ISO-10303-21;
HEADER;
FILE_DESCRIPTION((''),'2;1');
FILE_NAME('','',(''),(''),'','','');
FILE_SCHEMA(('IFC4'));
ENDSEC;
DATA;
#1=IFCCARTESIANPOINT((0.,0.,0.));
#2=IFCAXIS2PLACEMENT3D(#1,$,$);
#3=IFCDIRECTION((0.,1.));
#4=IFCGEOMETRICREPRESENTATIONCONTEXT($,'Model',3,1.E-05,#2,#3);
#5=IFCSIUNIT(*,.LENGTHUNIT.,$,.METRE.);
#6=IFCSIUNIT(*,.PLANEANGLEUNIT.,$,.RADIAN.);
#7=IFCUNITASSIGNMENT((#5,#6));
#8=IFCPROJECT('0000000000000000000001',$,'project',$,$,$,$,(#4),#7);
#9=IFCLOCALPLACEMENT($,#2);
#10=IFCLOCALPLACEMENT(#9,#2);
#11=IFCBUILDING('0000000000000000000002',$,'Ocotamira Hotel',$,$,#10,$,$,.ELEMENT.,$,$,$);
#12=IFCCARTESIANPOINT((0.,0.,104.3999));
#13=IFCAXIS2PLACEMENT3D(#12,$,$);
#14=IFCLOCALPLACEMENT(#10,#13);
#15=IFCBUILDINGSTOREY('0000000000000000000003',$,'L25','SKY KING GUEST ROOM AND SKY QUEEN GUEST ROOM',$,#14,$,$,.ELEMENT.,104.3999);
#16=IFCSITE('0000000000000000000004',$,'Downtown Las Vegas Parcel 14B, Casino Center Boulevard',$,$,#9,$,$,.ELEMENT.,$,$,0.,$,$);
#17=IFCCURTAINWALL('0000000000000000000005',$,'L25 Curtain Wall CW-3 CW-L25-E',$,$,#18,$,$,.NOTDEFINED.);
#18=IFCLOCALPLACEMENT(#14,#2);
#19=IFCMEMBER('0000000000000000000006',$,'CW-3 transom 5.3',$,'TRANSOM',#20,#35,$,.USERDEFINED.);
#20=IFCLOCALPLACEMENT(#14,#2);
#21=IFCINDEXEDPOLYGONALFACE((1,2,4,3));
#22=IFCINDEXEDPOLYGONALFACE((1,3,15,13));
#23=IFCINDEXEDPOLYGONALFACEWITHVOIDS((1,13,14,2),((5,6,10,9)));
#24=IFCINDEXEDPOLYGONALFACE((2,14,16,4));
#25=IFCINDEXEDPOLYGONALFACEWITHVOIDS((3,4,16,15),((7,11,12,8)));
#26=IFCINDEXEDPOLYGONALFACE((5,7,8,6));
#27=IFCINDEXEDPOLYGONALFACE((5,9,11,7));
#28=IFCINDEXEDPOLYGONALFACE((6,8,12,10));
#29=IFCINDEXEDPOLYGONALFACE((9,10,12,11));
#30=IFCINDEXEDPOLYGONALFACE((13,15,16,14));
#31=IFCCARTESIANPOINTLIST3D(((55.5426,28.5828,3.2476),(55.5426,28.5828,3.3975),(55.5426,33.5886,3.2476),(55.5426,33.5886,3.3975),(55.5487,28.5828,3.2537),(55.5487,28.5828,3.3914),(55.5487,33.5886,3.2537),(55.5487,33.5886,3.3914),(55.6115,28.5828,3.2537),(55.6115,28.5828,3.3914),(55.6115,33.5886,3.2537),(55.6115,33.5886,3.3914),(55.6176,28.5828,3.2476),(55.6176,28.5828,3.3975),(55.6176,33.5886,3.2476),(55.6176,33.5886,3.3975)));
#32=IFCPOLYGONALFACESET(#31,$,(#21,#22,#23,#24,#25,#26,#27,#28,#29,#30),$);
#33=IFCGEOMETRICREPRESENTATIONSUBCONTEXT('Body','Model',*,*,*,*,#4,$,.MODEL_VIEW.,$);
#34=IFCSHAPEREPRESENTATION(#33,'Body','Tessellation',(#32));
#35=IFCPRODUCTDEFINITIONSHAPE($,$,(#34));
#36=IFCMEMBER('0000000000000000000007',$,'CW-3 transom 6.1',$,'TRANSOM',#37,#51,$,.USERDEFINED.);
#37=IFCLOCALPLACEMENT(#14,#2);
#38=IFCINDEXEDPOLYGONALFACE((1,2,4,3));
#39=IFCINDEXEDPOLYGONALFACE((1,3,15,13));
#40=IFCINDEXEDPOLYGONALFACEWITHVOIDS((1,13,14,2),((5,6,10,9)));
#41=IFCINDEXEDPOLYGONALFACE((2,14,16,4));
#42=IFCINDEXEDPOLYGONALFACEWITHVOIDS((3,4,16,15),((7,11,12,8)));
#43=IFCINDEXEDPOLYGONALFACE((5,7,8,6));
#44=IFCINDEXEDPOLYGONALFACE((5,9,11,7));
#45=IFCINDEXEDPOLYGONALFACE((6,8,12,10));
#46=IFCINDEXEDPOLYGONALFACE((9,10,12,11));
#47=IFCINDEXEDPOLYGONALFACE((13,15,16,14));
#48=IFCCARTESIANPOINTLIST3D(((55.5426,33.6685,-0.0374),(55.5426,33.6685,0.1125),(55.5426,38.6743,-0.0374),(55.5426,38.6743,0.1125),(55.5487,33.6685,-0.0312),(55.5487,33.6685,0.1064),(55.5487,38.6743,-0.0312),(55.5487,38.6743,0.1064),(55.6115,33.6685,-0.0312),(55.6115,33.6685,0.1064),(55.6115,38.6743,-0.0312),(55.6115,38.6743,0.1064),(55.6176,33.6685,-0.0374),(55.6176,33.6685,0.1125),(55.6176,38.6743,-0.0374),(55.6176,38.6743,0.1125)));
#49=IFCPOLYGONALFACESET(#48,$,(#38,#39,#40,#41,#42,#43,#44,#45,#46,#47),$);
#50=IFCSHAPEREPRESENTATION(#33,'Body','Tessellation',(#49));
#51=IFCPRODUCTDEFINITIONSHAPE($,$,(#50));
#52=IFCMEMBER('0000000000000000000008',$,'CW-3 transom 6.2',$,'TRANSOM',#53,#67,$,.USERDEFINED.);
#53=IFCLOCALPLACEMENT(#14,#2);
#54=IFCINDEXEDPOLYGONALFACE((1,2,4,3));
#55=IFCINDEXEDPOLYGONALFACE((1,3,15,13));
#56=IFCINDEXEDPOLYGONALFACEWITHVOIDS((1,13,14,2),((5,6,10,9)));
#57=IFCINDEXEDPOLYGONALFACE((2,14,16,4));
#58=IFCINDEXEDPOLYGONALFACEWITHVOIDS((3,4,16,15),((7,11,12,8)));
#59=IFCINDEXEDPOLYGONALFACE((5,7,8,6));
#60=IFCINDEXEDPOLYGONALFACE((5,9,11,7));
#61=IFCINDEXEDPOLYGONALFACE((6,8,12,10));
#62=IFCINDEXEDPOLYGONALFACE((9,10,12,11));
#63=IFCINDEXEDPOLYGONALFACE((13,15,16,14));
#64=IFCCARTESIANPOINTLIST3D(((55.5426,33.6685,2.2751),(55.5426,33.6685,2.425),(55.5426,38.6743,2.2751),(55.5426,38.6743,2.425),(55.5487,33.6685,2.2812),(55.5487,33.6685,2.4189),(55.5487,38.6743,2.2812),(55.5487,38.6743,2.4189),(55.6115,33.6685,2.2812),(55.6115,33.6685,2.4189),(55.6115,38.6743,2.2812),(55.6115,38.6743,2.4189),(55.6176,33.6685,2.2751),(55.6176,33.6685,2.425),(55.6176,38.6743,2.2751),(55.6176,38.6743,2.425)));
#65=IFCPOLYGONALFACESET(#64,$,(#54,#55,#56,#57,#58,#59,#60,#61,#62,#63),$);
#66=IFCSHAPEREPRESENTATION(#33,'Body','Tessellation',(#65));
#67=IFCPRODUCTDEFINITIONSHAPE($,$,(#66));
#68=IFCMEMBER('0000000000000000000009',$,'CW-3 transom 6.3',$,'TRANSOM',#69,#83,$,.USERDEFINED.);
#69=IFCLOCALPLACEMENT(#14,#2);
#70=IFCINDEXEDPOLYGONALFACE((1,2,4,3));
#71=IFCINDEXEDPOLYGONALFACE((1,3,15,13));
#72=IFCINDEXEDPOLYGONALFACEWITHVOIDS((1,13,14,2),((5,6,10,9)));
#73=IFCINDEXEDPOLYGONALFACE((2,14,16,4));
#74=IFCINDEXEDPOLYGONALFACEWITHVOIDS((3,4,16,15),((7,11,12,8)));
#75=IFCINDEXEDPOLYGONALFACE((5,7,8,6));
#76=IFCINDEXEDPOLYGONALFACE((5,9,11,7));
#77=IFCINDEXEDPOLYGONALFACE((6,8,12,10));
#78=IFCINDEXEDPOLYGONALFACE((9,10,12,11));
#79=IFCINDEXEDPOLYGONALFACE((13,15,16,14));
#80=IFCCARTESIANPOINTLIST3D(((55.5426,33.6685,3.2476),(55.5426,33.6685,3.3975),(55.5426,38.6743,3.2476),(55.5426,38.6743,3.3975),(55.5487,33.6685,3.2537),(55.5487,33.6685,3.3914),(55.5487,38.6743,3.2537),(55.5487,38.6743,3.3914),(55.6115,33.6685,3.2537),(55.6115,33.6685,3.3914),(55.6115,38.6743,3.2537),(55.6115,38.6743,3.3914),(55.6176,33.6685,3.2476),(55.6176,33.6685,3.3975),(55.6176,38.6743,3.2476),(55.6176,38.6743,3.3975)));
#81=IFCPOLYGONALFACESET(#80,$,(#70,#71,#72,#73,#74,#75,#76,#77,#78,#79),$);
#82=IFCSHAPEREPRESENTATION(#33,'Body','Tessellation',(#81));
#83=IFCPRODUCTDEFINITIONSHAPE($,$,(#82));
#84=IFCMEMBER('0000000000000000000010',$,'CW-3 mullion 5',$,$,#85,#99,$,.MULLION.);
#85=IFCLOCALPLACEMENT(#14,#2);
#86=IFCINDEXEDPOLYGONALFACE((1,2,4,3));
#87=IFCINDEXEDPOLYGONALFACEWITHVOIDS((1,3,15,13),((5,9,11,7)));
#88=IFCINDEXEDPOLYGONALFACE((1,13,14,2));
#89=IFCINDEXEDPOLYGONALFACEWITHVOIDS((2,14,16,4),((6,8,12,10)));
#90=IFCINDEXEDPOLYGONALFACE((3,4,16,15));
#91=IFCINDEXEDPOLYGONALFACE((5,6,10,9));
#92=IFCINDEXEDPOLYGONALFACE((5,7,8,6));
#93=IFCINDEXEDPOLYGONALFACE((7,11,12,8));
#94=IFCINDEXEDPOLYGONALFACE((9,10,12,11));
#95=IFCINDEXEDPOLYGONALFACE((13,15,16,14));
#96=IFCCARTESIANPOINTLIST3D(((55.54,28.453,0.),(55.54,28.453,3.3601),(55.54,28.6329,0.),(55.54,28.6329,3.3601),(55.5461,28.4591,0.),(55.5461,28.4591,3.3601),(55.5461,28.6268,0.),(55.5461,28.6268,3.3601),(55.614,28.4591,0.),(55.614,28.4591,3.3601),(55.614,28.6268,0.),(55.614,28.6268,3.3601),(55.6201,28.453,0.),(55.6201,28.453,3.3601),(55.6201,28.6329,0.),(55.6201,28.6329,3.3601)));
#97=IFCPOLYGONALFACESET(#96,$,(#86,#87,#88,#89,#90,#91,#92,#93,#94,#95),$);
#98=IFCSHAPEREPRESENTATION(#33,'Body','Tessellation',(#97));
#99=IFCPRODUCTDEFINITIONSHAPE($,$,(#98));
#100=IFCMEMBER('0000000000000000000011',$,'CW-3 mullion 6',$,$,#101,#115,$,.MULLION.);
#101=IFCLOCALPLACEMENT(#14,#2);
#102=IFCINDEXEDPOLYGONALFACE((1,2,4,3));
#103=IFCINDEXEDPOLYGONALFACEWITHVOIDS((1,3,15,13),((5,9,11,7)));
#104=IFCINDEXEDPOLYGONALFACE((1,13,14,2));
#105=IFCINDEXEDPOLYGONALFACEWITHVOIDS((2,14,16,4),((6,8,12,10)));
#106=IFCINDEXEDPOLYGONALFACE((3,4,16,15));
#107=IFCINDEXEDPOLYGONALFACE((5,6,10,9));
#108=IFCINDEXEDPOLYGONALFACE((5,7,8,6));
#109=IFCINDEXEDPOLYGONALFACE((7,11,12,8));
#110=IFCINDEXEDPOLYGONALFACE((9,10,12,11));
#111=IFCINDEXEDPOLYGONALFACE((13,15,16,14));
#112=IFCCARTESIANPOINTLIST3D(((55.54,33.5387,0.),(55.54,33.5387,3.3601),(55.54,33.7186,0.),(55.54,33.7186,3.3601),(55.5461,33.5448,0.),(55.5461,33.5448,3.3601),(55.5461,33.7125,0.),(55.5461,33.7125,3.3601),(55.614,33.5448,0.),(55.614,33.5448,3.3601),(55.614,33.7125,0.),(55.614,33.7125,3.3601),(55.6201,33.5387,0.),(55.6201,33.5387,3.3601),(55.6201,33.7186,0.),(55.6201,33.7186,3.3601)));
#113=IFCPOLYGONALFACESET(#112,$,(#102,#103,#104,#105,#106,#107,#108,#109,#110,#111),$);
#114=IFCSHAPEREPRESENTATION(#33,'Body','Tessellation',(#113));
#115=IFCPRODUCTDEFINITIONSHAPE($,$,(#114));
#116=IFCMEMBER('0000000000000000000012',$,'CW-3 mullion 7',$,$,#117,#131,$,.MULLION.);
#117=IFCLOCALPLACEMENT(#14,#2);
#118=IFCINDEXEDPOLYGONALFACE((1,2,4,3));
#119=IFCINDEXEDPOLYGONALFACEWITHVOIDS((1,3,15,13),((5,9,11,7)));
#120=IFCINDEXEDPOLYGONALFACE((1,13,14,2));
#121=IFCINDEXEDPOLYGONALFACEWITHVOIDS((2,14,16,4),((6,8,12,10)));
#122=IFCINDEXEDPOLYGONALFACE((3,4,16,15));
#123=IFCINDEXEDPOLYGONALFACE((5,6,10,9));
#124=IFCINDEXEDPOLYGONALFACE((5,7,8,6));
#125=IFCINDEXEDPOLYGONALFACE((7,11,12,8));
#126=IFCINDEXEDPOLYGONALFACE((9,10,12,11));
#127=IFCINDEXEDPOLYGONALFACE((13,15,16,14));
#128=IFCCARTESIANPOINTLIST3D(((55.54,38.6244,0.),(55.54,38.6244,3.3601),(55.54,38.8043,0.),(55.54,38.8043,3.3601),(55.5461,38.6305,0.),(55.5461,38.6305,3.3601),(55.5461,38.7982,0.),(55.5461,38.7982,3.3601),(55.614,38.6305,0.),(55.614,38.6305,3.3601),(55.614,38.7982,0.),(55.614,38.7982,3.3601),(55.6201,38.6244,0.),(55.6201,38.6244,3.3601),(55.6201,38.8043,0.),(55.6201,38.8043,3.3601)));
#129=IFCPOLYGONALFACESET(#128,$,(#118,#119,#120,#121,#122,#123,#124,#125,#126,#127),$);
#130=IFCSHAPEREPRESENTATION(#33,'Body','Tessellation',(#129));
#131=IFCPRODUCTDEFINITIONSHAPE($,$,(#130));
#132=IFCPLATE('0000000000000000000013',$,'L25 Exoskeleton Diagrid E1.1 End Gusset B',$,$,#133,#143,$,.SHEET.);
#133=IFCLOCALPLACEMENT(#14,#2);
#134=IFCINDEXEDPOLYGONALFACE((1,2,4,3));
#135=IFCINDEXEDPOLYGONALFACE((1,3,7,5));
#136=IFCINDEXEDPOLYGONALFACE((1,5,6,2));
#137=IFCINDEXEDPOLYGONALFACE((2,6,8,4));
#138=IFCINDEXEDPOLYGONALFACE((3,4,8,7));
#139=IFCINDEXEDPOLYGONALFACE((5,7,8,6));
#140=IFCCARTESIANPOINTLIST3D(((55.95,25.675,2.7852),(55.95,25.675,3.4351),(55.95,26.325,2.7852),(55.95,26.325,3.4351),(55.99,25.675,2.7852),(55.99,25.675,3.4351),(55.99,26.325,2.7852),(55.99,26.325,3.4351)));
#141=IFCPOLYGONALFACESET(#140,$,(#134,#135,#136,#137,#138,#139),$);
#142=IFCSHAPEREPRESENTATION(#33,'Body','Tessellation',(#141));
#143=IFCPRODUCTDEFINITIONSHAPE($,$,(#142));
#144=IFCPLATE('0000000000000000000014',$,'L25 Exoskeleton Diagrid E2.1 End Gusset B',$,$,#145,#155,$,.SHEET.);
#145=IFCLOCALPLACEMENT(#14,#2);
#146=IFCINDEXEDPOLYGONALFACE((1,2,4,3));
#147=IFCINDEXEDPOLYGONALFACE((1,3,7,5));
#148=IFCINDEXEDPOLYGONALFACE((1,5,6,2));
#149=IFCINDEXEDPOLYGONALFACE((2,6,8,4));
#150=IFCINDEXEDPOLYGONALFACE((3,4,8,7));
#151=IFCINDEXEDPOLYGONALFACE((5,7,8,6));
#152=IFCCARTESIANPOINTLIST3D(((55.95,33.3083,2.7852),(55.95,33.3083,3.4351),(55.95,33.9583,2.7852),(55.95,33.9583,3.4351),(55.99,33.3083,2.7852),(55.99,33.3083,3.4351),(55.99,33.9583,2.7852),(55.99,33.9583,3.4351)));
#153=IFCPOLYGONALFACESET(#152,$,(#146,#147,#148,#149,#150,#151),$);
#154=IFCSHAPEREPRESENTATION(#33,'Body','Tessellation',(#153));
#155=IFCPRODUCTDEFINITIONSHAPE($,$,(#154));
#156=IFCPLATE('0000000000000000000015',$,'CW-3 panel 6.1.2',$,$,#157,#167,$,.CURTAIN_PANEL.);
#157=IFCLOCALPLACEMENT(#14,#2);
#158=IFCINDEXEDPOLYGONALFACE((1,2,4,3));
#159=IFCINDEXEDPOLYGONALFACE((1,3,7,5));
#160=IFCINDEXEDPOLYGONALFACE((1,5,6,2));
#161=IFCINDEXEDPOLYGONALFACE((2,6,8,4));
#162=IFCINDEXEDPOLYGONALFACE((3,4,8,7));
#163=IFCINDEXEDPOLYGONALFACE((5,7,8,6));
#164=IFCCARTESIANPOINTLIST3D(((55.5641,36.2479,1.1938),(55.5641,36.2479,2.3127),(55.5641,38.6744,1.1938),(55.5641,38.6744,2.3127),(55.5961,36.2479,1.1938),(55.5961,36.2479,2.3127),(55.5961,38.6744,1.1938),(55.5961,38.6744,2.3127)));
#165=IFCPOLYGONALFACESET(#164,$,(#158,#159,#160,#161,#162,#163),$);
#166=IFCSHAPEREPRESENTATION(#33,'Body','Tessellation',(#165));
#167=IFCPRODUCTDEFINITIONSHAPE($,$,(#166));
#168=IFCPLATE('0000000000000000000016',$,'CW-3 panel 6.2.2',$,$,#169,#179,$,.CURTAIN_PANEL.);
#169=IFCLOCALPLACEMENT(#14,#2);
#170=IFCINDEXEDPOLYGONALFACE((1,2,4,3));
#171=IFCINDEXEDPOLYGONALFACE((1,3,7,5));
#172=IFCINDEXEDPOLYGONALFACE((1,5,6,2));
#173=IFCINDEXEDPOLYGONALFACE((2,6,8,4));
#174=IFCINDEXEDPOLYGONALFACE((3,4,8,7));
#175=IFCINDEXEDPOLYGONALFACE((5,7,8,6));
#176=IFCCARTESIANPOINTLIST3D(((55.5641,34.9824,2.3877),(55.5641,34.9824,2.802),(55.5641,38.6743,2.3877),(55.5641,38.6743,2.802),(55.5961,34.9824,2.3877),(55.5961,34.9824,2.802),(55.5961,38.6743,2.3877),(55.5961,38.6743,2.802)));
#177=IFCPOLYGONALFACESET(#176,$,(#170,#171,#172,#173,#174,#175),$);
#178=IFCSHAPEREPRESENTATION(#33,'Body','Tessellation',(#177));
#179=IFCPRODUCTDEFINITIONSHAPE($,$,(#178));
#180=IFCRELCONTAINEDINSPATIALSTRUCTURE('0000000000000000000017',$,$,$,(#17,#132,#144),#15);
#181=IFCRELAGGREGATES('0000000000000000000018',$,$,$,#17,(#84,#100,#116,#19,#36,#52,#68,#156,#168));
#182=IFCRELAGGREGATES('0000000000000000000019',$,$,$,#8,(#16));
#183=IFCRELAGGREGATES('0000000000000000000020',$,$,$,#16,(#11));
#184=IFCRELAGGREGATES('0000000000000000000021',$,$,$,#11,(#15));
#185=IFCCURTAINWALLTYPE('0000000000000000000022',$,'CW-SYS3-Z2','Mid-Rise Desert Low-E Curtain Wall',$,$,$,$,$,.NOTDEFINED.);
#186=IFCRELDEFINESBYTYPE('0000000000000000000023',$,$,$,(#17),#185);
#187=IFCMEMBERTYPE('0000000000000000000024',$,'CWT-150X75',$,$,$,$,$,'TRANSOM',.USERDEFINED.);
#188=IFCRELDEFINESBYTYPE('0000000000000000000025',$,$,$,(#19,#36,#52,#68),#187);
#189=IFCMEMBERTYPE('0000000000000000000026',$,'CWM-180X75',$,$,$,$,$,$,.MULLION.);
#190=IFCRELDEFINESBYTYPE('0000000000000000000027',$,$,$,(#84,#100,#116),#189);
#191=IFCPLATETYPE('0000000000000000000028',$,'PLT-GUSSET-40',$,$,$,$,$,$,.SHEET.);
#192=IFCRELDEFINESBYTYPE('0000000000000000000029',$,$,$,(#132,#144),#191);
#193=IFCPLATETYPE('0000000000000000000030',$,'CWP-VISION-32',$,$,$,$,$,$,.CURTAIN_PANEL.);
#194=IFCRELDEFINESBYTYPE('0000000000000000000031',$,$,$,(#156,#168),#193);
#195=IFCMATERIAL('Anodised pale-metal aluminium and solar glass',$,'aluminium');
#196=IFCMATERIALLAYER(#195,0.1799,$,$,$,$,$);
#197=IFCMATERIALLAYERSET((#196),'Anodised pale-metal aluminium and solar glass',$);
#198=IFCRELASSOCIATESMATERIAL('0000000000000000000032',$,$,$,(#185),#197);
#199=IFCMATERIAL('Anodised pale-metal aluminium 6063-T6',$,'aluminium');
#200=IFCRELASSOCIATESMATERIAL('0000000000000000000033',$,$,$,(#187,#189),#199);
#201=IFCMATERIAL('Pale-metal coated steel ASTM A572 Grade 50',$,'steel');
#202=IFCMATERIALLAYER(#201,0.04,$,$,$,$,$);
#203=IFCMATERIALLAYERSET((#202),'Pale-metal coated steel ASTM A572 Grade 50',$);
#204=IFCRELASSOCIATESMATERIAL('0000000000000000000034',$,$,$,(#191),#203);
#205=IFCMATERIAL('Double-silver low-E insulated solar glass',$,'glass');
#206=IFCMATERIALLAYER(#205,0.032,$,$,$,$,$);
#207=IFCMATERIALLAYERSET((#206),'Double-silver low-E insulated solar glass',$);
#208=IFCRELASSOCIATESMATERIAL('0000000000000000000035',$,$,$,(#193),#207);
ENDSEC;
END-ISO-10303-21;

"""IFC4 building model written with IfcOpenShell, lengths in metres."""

from ifc_helpers import new_model, si_unit, direction, frame, origin, origin_2d, place, context, subcontext, project, spatial, rectangle, hollow_rectangle, extrude, source, transform, mapped, material, layer, layer_set, material_profile, profile_set, type_object, element, aggregate, save


model = new_model("IFC4")

# Units and contexts
model_context = context("Model", 3, precision=1e-05, world=origin(), true_north=direction((0.0, 1.0)))
body_context = subcontext(model_context, "Body", "Model", "MODEL_VIEW")
ifc_project = project(units=[si_unit("LENGTHUNIT", "METRE"), si_unit("PLANEANGLEUNIT", "RADIAN")], contexts=[model_context])

# Site, building, storey
site_placement = place(None, origin())
site = spatial("IfcSite", under=ifc_project, at=site_placement, Name="Downtown Las Vegas Parcel 14B, Casino Center Boulevard", CompositionType="ELEMENT", RefElevation=0.0)
building_placement = place(site_placement, origin())
building = spatial("IfcBuilding", under=site, at=building_placement, Name="Ocotamira Hotel", CompositionType="ELEMENT")
storey_placement = place(building_placement, frame((0.0, 0.0, 104.3999)))
storey = spatial("IfcBuildingStorey", under=building, at=storey_placement, Name="L25", Description="SKY KING GUEST ROOM AND SKY QUEEN GUEST ROOM", CompositionType="ELEMENT", Elevation=104.3999)

# Curtain wall, members
ifc_material_1 = material(Name="Anodised pale-metal aluminium and solar glass", Category="aluminium")
ifc_layer_1 = layer(ifc_material_1, 0.1799)
ifc_layer_set_1 = layer_set([ifc_layer_1], Name="Anodised pale-metal aluminium and solar glass")
curtain_wall_type = type_object("IfcCurtainWallType", Name="CW-SYS3-Z2", Description="Mid-Rise Desert Low-E Curtain Wall", PredefinedType="NOTDEFINED", material=ifc_layer_set_1)
curtain_wall_placement = place(storey_placement, origin())
curtain_wall = element("IfcCurtainWall", 1, at=curtain_wall_placement, inside=storey, type_object=curtain_wall_type, Name="L25 Curtain Wall CW-3 CW-L25-E", PredefinedType="NOTDEFINED")
ifc_material_2 = material(Name="Anodised pale-metal aluminium 6063-T6", Category="aluminium")
ifc_material_profile_1 = material_profile(ifc_material_2, hollow_rectangle(XDim=0.075, YDim=0.1499, WallThickness=0.0061, at=origin_2d()), Name="HSS150X75X6")
ifc_profile_set_1 = profile_set([ifc_material_profile_1], Name="Anodised pale-metal aluminium 6063-T6")
member_type_1 = type_object("IfcMemberType", Name="CWT-150X75", ElementType="TRANSOM", PredefinedType="USERDEFINED", material=ifc_profile_set_1)
shared_shape_1 = source(origin(), body_context, "Body", "SweptSolid", [
    extrude(hollow_rectangle(XDim=0.075, YDim=0.1499, WallThickness=0.0061, at=origin_2d()), origin(), (0.0, 0.0, 1.0), 5.0059),
])
member_1_placement = place(storey_placement, frame((55.5801, 28.5828, 3.3225), z_axis=(0.0, 1.0, 0.0), x_axis=(-1.0, 0.0, 0.0)))
member_1 = element("IfcMember", 2, at=member_1_placement, type_object=member_type_1, Name="CW-3 transom 5.3", ObjectType="TRANSOM", PredefinedType="USERDEFINED", context=body_context, shape_type="MappedRepresentation", body=[
    mapped(shared_shape_1, transform((0.0, 0.0, 0.0), scale=1.0)),
])
member_2_placement = place(storey_placement, frame((55.5801, 33.6685, 0.0376), z_axis=(0.0, 1.0, 0.0), x_axis=(-1.0, 0.0, 0.0)))
member_2 = element("IfcMember", 3, at=member_2_placement, type_object=member_type_1, Name="CW-3 transom 6.1", ObjectType="TRANSOM", PredefinedType="USERDEFINED", context=body_context, shape_type="MappedRepresentation", body=[
    mapped(shared_shape_1, transform((0.0, 0.0, 0.0), scale=1.0)),
])
member_3_placement = place(storey_placement, frame((55.5801, 33.6685, 2.3501), z_axis=(0.0, 1.0, 0.0), x_axis=(-1.0, 0.0, 0.0)))
member_3 = element("IfcMember", 4, at=member_3_placement, type_object=member_type_1, Name="CW-3 transom 6.2", ObjectType="TRANSOM", PredefinedType="USERDEFINED", context=body_context, shape_type="MappedRepresentation", body=[
    mapped(shared_shape_1, transform((0.0, 0.0, 0.0), scale=1.0)),
])
member_4_placement = place(storey_placement, frame((55.5801, 33.6685, 3.3225), z_axis=(0.0, 1.0, 0.0), x_axis=(-1.0, 0.0, 0.0)))
member_4 = element("IfcMember", 5, at=member_4_placement, type_object=member_type_1, Name="CW-3 transom 6.3", ObjectType="TRANSOM", PredefinedType="USERDEFINED", context=body_context, shape_type="MappedRepresentation", body=[
    mapped(shared_shape_1, transform((0.0, 0.0, 0.0), scale=1.0)),
])
ifc_material_profile_2 = material_profile(ifc_material_2, hollow_rectangle(XDim=0.0801, YDim=0.1799, WallThickness=0.0061, at=origin_2d()), Name="HSS180X80X6")
ifc_profile_set_2 = profile_set([ifc_material_profile_2], Name="Anodised pale-metal aluminium 6063-T6")
member_type_2 = type_object("IfcMemberType", Name="CWM-180X75", PredefinedType="MULLION", material=ifc_profile_set_2)
shared_shape_2 = source(origin(), body_context, "Body", "SweptSolid", [
    extrude(hollow_rectangle(XDim=0.0801, YDim=0.1799, WallThickness=0.0061, at=origin_2d()), origin(), (0.0, 0.0, 1.0), 3.3601),
])
member_5_placement = place(storey_placement, frame((55.5801, 28.543, 0.0), z_axis=(0.0, 0.0, 1.0), x_axis=(-1.0, 0.0, 0.0)))
member_5 = element("IfcMember", 6, at=member_5_placement, type_object=member_type_2, Name="CW-3 mullion 5", PredefinedType="MULLION", context=body_context, shape_type="MappedRepresentation", body=[
    mapped(shared_shape_2, transform((0.0, 0.0, 0.0), scale=1.0)),
])
member_6_placement = place(storey_placement, frame((55.5801, 33.6287, 0.0), z_axis=(0.0, 0.0, 1.0), x_axis=(-1.0, 0.0, 0.0)))
member_6 = element("IfcMember", 7, at=member_6_placement, type_object=member_type_2, Name="CW-3 mullion 6", PredefinedType="MULLION", context=body_context, shape_type="MappedRepresentation", body=[
    mapped(shared_shape_2, transform((0.0, 0.0, 0.0), scale=1.0)),
])
member_7_placement = place(storey_placement, frame((55.5801, 38.7144, 0.0), z_axis=(0.0, 0.0, 1.0), x_axis=(-1.0, 0.0, 0.0)))
member_7 = element("IfcMember", 8, at=member_7_placement, type_object=member_type_2, Name="CW-3 mullion 7", PredefinedType="MULLION", context=body_context, shape_type="MappedRepresentation", body=[
    mapped(shared_shape_2, transform((0.0, 0.0, 0.0), scale=1.0)),
])

# Plates
ifc_material_3 = material(Name="Pale-metal coated steel ASTM A572 Grade 50", Category="steel")
ifc_layer_2 = layer(ifc_material_3, 0.04)
ifc_layer_set_2 = layer_set([ifc_layer_2], Name="Pale-metal coated steel ASTM A572 Grade 50")
plate_type_1 = type_object("IfcPlateType", Name="PLT-GUSSET-40", PredefinedType="SHEET", material=ifc_layer_set_2)
shared_shape_3 = source(origin(), body_context, "Body", "SweptSolid", [
    extrude(rectangle(XDim=0.04, YDim=0.6499, at=origin_2d()), origin(), (0.0, 0.0, 1.0), 0.6499),
])
for number, where, z_axis, x_axis, name in (
    (9, (55.97, 26.0, 2.7852), (0.0, 0.0, 1.0), (1.0, 0.0, 0.0), "L25 Exoskeleton Diagrid E1.1 End Gusset B"),
    (10, (55.97, 33.6333, 2.7852), (0.0, 0.0, 1.0), (1.0, 0.0, 0.0), "L25 Exoskeleton Diagrid E2.1 End Gusset B"),
):
    element("IfcPlate", number, at=place(storey_placement, frame(where, z_axis=z_axis, x_axis=x_axis)), inside=storey, type_object=plate_type_1, Name=name, PredefinedType="SHEET", context=body_context, shape_type="MappedRepresentation", body=[
        mapped(shared_shape_3, transform((0.0, 0.0, 0.0), scale=1.0)),
    ])

# Plates
ifc_material_4 = material(Name="Double-silver low-E insulated solar glass", Category="glass")
ifc_layer_3 = layer(ifc_material_4, 0.032)
ifc_layer_set_3 = layer_set([ifc_layer_3], Name="Double-silver low-E insulated solar glass")
plate_type_2 = type_object("IfcPlateType", Name="CWP-VISION-32", PredefinedType="CURTAIN_PANEL", material=ifc_layer_set_3)
shared_shape_4 = source(origin(), body_context, "Body", "SweptSolid", [
    extrude(rectangle(XDim=2.4265, YDim=0.032, at=origin_2d()), origin(), (0.0, 0.0, 1.0), 1.1189),
])
plate_1_placement = place(storey_placement, frame((55.5801, 37.4612, 1.1938), z_axis=(0.0, 0.0, 1.0), x_axis=(0.0, 1.0, 0.0)))
plate_1 = element("IfcPlate", 11, at=plate_1_placement, type_object=plate_type_2, Name="CW-3 panel 6.1.2", PredefinedType="CURTAIN_PANEL", context=body_context, shape_type="MappedRepresentation", body=[
    mapped(shared_shape_4, transform((0.0, 0.0, 0.0), scale=1.0)),
])
shared_shape_5 = source(origin(), body_context, "Body", "SweptSolid", [
    extrude(rectangle(XDim=3.6919, YDim=0.032, at=origin_2d()), origin(), (0.0, 0.0, 1.0), 0.4143),
])
plate_2_placement = place(storey_placement, frame((55.5801, 36.8284, 2.3877), z_axis=(0.0, 0.0, 1.0), x_axis=(0.0, 1.0, 0.0)))
plate_2 = element("IfcPlate", 12, at=plate_2_placement, type_object=plate_type_2, Name="CW-3 panel 6.2.2", PredefinedType="CURTAIN_PANEL", context=body_context, shape_type="MappedRepresentation", body=[
    mapped(shared_shape_5, transform((0.0, 0.0, 0.0), scale=1.0)),
])
aggregate(curtain_wall, [member_5, member_6, member_7, member_1, member_2, member_3, member_4, plate_1, plate_2])

save(model, "model.ifc")
